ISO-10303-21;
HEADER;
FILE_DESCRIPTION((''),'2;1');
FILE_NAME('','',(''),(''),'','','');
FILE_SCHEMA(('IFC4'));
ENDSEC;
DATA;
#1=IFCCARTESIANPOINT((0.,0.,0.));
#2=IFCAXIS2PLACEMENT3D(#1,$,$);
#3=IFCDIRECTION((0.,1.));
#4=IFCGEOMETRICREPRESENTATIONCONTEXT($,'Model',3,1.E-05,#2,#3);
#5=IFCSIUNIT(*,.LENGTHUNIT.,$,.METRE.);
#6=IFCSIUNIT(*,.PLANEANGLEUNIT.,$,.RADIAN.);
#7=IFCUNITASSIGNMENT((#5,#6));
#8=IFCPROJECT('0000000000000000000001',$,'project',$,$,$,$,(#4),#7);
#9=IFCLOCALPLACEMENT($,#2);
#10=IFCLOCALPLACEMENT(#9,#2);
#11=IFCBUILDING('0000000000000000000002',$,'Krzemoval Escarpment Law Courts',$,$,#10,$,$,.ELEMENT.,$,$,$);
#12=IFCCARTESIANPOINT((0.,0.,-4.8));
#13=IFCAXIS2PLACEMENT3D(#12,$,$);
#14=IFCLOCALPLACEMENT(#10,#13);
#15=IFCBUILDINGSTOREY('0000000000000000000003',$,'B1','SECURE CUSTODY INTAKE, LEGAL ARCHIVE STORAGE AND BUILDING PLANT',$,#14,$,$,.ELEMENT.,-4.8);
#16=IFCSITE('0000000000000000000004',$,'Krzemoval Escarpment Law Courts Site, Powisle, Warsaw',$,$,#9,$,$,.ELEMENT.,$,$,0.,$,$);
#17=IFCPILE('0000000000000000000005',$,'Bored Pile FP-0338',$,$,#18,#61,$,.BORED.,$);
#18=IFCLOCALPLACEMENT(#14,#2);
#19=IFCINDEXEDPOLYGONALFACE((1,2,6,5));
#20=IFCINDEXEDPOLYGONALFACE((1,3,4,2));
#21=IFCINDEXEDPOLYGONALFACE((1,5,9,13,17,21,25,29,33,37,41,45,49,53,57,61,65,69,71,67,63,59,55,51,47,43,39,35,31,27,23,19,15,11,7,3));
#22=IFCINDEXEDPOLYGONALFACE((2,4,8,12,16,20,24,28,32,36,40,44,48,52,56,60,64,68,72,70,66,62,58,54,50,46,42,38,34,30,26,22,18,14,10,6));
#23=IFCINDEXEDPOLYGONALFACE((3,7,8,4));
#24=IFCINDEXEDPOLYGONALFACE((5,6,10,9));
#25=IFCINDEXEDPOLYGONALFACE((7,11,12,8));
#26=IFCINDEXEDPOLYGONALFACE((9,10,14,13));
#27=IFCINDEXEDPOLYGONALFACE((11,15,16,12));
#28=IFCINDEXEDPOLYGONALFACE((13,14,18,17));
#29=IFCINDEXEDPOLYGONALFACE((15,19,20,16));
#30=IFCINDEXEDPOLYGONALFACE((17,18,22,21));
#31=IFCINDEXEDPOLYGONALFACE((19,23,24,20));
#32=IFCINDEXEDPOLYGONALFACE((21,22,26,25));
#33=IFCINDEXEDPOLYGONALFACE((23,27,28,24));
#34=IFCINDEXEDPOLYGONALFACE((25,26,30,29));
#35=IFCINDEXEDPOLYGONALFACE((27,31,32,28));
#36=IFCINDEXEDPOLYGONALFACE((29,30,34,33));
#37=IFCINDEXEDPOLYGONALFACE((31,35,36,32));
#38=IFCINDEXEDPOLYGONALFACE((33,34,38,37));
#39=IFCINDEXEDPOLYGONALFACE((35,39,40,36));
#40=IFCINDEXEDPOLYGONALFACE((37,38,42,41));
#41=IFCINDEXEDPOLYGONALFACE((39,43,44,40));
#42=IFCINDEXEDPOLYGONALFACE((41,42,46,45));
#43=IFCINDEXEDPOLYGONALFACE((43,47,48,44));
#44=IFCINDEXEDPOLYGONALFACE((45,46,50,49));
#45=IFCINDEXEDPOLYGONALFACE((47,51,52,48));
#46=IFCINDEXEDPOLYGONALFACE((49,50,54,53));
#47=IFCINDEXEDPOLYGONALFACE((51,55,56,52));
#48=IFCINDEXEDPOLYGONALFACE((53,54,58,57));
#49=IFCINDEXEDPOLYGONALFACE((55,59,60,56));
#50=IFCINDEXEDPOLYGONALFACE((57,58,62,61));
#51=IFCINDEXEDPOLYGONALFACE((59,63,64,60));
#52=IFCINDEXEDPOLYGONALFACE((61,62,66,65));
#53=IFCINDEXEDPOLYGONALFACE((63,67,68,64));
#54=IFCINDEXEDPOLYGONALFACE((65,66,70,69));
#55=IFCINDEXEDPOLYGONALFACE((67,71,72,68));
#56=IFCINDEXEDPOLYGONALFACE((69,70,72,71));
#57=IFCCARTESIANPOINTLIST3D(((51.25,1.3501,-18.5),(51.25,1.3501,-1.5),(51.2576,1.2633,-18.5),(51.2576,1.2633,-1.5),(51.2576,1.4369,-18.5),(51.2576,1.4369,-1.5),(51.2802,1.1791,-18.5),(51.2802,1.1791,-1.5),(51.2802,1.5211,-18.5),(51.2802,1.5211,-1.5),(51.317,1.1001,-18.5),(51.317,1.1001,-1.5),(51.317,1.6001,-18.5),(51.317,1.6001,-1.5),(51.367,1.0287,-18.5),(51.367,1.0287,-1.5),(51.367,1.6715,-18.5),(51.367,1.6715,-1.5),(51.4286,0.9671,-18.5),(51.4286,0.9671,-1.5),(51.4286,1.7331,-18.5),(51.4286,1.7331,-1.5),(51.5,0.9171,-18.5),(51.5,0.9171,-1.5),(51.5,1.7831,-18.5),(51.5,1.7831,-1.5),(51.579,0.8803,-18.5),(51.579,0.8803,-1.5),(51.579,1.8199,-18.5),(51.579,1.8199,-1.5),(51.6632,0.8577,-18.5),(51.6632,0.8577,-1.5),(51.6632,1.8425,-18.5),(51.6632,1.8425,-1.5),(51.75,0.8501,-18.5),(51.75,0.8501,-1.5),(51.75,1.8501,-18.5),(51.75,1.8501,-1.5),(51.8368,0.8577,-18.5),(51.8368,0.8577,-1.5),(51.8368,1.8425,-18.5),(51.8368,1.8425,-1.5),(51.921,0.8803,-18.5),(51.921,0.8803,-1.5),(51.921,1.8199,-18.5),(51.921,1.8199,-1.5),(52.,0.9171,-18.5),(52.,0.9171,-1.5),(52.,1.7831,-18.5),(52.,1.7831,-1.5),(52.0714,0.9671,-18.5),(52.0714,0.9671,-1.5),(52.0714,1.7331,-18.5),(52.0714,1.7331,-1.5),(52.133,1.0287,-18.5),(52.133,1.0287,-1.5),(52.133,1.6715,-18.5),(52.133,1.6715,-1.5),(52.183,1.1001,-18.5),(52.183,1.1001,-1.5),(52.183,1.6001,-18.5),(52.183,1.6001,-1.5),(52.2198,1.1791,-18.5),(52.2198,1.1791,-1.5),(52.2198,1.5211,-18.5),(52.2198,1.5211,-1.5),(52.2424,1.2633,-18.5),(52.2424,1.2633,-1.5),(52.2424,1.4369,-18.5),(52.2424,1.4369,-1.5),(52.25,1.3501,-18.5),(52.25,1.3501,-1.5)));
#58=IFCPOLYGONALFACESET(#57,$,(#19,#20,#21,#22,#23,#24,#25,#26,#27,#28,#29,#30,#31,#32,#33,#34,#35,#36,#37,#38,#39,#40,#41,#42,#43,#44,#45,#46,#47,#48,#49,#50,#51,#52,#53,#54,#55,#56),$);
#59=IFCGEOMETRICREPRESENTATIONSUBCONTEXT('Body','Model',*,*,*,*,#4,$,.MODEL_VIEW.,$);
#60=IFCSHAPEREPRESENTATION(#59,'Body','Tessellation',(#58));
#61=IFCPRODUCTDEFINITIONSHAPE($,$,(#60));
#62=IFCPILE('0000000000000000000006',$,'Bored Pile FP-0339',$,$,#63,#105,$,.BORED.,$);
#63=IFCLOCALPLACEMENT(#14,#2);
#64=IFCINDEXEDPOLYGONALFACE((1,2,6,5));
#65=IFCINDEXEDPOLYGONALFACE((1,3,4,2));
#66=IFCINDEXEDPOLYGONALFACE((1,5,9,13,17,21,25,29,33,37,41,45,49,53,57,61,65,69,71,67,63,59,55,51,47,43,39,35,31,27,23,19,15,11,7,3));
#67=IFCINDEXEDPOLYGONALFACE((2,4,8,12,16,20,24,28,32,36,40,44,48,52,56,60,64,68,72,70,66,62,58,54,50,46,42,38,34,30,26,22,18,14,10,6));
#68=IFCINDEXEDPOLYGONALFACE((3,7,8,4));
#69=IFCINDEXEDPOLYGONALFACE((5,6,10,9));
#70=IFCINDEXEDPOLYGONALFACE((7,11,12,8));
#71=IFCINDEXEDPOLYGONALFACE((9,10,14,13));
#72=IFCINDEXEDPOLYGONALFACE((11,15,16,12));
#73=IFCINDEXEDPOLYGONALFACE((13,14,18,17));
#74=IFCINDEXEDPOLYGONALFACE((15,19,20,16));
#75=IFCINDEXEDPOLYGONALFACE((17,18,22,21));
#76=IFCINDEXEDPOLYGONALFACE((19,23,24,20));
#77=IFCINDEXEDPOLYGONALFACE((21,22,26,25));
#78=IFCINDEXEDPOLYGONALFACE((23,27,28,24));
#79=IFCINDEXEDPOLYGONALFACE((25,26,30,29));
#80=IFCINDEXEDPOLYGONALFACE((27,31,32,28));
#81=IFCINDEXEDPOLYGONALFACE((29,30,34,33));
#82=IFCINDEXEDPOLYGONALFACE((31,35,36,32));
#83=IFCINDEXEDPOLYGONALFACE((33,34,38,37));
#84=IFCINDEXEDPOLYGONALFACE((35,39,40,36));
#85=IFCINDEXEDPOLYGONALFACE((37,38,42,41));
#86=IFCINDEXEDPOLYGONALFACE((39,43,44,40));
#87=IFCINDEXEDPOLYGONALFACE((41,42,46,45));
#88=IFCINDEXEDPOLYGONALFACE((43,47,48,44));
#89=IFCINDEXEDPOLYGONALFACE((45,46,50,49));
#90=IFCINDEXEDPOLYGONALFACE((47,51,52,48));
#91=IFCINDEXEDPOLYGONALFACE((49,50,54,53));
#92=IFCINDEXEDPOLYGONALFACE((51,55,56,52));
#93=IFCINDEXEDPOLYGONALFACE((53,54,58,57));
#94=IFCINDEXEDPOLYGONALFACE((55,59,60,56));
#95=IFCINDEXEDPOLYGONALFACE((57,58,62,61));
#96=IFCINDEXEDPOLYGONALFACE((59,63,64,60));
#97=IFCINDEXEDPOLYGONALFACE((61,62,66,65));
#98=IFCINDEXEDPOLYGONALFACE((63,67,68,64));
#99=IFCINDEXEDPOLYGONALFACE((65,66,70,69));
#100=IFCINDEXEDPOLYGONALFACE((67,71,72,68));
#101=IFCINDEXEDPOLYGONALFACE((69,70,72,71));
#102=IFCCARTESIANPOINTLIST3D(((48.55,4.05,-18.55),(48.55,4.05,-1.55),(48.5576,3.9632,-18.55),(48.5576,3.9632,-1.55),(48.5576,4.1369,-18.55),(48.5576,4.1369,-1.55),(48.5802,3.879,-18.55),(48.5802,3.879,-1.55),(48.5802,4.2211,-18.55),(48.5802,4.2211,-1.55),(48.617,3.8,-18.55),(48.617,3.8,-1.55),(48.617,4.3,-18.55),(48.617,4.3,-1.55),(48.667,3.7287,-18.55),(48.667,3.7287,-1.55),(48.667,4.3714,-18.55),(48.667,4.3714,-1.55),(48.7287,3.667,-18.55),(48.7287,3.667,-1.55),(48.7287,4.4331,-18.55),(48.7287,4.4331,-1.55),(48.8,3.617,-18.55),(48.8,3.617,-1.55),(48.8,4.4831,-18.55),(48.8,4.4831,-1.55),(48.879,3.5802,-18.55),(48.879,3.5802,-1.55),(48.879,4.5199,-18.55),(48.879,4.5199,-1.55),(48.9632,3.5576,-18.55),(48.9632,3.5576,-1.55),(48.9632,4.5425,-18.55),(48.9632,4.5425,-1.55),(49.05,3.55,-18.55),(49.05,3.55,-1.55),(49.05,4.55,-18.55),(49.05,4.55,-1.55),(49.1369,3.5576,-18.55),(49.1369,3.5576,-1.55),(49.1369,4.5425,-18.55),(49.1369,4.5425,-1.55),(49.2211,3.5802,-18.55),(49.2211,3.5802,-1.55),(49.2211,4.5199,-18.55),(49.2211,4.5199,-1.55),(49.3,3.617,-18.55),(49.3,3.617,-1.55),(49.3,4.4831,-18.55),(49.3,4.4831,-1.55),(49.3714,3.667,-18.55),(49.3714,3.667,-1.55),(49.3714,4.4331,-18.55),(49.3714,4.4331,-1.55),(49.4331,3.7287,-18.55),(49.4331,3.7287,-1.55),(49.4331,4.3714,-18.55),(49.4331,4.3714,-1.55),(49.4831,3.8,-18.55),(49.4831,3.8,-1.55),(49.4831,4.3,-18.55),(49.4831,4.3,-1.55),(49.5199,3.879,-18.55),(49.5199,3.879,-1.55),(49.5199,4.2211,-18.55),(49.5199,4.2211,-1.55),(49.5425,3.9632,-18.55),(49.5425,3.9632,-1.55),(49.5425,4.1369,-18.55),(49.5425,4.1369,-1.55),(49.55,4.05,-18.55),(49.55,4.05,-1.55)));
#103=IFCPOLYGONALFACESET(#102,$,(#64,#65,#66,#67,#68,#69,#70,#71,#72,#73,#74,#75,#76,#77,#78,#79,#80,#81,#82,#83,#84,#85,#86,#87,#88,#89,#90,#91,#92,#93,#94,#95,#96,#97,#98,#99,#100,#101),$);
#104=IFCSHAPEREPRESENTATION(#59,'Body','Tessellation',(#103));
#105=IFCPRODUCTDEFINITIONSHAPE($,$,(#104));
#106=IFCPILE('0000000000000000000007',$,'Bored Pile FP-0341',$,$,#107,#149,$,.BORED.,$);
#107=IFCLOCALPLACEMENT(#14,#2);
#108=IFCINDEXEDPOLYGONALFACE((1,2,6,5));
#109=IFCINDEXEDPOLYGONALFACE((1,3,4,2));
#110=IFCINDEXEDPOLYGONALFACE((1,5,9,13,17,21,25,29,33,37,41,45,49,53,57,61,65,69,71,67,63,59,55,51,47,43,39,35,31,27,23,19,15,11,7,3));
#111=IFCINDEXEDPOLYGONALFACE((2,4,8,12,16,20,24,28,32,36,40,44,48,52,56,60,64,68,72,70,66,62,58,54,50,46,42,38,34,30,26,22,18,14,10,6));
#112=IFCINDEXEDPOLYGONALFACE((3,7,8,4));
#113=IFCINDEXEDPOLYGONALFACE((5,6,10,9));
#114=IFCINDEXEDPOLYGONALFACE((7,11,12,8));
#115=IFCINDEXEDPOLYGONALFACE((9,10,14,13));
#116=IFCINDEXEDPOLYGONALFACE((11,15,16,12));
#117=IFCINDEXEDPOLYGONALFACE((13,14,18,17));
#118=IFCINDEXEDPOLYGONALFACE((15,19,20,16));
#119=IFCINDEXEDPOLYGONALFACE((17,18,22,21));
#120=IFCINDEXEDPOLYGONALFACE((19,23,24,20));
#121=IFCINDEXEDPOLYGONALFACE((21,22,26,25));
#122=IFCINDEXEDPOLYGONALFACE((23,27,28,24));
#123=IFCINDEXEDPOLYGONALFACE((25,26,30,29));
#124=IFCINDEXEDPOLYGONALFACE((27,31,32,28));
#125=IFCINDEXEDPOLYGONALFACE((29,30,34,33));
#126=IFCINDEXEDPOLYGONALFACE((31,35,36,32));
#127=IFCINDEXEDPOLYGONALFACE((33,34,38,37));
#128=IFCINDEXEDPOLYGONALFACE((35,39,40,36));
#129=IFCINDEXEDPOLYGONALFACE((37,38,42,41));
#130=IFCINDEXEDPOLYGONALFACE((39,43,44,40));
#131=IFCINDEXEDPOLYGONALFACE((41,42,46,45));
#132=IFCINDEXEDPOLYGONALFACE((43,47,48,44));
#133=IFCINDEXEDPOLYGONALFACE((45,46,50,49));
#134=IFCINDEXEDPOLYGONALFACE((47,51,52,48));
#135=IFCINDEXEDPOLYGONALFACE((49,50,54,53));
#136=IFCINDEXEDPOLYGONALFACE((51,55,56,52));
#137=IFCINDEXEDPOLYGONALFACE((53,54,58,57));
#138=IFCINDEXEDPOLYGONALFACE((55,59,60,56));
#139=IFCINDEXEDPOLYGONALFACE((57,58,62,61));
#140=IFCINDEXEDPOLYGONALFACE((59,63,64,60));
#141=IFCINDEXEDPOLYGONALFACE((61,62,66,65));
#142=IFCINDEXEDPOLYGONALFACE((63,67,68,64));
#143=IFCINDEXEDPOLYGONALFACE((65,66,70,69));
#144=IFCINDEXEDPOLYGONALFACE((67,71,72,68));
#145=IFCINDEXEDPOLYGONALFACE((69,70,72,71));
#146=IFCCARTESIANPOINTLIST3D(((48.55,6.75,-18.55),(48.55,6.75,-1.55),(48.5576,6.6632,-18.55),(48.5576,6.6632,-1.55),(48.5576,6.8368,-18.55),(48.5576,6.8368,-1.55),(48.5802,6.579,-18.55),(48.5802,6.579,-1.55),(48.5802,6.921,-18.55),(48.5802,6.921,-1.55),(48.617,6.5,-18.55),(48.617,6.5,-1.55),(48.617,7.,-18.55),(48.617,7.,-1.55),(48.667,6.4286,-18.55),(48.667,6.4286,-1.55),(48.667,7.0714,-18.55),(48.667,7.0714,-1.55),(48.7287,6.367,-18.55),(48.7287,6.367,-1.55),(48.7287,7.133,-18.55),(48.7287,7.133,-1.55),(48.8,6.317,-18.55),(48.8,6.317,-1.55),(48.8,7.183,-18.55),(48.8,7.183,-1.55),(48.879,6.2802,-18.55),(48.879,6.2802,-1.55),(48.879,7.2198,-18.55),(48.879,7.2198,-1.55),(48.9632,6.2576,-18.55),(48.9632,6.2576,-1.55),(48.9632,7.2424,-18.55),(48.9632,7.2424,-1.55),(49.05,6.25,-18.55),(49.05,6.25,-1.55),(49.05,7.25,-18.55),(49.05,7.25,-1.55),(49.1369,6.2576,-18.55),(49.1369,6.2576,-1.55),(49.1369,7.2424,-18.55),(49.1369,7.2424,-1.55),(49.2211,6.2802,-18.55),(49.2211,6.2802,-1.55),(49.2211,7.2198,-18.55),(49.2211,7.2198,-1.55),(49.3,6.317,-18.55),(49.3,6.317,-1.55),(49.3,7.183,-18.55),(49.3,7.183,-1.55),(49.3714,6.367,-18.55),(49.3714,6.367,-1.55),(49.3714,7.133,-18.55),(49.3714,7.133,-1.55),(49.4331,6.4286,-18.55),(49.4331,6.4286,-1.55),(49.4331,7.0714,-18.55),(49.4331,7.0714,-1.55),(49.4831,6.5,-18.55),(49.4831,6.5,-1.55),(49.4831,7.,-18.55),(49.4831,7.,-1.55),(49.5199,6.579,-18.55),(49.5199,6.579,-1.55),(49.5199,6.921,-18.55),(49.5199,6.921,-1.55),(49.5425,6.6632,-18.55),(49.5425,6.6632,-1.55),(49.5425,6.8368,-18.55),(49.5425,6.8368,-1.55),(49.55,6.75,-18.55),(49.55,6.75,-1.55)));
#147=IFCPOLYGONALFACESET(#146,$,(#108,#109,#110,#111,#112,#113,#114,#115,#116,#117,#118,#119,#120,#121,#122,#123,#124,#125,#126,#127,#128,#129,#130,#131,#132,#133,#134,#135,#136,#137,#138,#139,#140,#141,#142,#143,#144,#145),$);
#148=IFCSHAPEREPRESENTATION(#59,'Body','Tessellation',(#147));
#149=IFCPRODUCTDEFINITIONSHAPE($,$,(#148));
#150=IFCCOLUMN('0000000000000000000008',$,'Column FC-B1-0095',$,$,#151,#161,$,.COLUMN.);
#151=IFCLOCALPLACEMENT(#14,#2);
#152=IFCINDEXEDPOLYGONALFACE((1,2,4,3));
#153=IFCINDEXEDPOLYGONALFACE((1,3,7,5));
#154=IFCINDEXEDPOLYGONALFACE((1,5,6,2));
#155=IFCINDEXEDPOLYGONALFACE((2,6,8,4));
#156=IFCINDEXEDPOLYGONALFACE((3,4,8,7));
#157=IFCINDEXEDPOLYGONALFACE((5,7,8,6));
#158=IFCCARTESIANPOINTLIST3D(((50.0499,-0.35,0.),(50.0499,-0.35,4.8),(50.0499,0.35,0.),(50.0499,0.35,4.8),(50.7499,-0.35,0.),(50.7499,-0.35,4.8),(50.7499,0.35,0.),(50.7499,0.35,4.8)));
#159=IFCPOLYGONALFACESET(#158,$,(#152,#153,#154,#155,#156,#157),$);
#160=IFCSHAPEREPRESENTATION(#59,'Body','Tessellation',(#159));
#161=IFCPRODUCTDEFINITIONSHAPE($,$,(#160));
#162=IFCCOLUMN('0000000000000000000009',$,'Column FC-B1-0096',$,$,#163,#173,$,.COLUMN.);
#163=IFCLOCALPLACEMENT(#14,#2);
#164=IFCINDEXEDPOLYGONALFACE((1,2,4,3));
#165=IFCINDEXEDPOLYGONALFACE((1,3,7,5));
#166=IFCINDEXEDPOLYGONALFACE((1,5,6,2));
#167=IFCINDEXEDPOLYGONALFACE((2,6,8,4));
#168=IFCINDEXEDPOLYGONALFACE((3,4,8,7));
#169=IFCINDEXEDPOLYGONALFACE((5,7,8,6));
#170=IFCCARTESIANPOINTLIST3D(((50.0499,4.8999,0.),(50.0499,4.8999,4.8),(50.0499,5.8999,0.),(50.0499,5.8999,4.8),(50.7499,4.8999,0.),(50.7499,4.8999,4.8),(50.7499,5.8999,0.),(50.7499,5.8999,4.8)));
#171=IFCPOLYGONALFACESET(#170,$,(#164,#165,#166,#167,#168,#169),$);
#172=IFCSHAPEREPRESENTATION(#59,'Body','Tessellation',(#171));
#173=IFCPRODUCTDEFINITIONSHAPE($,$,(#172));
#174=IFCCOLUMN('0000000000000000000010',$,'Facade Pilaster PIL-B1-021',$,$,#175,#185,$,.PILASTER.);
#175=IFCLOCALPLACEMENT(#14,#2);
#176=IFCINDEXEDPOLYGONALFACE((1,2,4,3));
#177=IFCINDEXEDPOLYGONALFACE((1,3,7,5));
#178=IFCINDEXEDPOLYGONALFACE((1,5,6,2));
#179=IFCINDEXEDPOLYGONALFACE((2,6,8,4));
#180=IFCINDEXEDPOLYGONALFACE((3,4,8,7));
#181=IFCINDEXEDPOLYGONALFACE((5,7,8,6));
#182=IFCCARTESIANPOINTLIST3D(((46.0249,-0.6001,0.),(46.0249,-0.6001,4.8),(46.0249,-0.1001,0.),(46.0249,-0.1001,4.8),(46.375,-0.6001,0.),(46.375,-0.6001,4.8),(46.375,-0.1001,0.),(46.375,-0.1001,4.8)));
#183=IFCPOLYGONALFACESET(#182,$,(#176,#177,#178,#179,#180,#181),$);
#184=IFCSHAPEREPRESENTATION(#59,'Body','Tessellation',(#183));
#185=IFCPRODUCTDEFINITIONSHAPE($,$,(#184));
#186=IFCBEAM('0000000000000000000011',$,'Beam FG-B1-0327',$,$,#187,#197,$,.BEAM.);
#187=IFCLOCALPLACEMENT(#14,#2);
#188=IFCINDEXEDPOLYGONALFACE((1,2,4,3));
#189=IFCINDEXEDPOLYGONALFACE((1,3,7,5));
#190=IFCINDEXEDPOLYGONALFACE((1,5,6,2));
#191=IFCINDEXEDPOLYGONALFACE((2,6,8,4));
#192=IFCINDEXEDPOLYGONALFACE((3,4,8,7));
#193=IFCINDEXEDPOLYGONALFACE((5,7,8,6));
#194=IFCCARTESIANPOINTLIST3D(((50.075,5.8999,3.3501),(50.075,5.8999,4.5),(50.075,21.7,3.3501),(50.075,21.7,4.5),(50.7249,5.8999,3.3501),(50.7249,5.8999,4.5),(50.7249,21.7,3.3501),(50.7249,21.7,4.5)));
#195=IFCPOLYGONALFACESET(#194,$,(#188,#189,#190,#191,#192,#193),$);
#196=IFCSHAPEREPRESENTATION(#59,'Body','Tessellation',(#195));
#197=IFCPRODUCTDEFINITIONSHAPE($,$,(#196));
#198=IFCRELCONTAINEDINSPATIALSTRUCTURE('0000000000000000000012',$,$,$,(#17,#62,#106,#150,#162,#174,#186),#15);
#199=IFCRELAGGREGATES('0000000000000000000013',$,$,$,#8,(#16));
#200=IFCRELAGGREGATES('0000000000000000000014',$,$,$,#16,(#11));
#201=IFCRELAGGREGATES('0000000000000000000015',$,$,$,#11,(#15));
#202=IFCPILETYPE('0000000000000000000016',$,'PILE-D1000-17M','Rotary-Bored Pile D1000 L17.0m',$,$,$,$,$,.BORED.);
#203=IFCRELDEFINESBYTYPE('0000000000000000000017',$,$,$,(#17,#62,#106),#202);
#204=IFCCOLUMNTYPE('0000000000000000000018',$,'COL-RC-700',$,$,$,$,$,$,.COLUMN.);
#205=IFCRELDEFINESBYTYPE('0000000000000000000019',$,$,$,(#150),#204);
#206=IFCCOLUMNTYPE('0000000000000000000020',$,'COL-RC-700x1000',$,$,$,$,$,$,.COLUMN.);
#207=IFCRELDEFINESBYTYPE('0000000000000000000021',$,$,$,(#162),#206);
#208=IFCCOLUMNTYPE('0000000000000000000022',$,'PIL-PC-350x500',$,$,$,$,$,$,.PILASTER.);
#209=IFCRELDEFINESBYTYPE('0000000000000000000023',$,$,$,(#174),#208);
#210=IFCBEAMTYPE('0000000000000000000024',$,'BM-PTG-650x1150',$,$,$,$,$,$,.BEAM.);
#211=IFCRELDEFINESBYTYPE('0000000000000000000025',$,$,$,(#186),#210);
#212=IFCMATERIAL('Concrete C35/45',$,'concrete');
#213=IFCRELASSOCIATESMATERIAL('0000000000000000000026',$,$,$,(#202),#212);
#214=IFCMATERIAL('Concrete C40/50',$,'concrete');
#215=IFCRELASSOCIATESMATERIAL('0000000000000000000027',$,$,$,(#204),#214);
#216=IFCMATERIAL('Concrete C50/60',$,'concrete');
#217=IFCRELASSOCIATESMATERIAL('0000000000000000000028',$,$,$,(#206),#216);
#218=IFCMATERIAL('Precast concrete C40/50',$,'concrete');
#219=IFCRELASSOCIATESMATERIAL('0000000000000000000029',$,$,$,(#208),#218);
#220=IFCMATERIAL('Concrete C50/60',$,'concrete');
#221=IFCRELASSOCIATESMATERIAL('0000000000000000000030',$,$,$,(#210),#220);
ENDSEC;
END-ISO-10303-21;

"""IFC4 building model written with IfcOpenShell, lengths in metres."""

from ifc_helpers import new_model, si_unit, direction, frame, origin, origin_2d, place, context, subcontext, project, spatial, rectangle, circle, extrude, material, material_profile, profile_set, type_object, element, save


model = new_model("IFC4")

# Units and contexts
model_context = context("Model", 3, precision=1e-05, world=origin(), true_north=direction((0.0, 1.0)))
body_context = subcontext(model_context, "Body", "Model", "MODEL_VIEW")
ifc_project = project(units=[si_unit("LENGTHUNIT", "METRE"), si_unit("PLANEANGLEUNIT", "RADIAN")], contexts=[model_context])

# Site, building, storey
site_placement = place(None, origin())
site = spatial("IfcSite", under=ifc_project, at=site_placement, Name="Krzemoval Escarpment Law Courts Site, Powisle, Warsaw", CompositionType="ELEMENT", RefElevation=0.0)
building_placement = place(site_placement, origin())
building = spatial("IfcBuilding", under=site, at=building_placement, Name="Krzemoval Escarpment Law Courts", CompositionType="ELEMENT")
storey_placement = place(building_placement, frame((0.0, 0.0, -4.8)))
storey = spatial("IfcBuildingStorey", under=building, at=storey_placement, Name="B1", Description="SECURE CUSTODY INTAKE, LEGAL ARCHIVE STORAGE AND BUILDING PLANT", CompositionType="ELEMENT", Elevation=-4.8)

# Piles
ifc_material_1 = material(Name="Concrete C35/45", Category="concrete")
ifc_material_profile_1 = material_profile(ifc_material_1, circle(Radius=0.5, at=origin_2d()), Name="PILE D1000")
ifc_profile_set_1 = profile_set([ifc_material_profile_1], Name="Concrete C35/45")
pile_type = type_object("IfcPileType", Name="PILE-D1000-17M", Description="Rotary-Bored Pile D1000 L17.0m", PredefinedType="BORED", material=ifc_profile_set_1)
for number, where, z_axis, x_axis, name in (
    (1, (51.75, 1.3501, -1.5), (0.0, 0.0, -1.0), (1.0, 0.0, 0.0), "Bored Pile FP-0338"),
    (2, (49.05, 4.05, -1.55), (0.0, 0.0, -1.0), (1.0, 0.0, 0.0), "Bored Pile FP-0339"),
    (3, (49.05, 6.75, -1.55), (0.0, 0.0, -1.0), (1.0, 0.0, 0.0), "Bored Pile FP-0341"),
):
    element("IfcPile", number, at=place(storey_placement, frame(where, z_axis=z_axis, x_axis=x_axis)), inside=storey, type_object=pile_type, Name=name, PredefinedType="BORED", context=body_context, shape_type="SweptSolid", body=[
        extrude(circle(Radius=0.5, at=origin_2d()), origin(), (0.0, 0.0, 1.0), 17.0),
    ])

# Columns
ifc_material_2 = material(Name="Concrete C40/50", Category="concrete")
ifc_material_profile_2 = material_profile(ifc_material_2, rectangle(XDim=0.7, YDim=0.7, at=origin_2d()), Name="RC 700x700")
ifc_profile_set_2 = profile_set([ifc_material_profile_2], Name="Concrete C40/50")
column_type_1 = type_object("IfcColumnType", Name="COL-RC-700", PredefinedType="COLUMN", material=ifc_profile_set_2)
column_1_placement = place(storey_placement, frame((50.3999, 0.0, 0.0), z_axis=(0.0, 0.0, 1.0), x_axis=(1.0, 0.0, 0.0)))
element("IfcColumn", 4, at=column_1_placement, inside=storey, type_object=column_type_1, Name="Column FC-B1-0095", PredefinedType="COLUMN", context=body_context, shape_type="SweptSolid", body=[
    extrude(rectangle(XDim=0.7, YDim=0.7, at=origin_2d()), origin(), (0.0, 0.0, 1.0), 4.8),
])
ifc_material_3 = material(Name="Concrete C50/60", Category="concrete")
ifc_material_profile_3 = material_profile(ifc_material_3, rectangle(XDim=0.7, YDim=1.0, at=origin_2d()), Name="RC 700x1000")
ifc_profile_set_3 = profile_set([ifc_material_profile_3], Name="Concrete C50/60")
column_type_2 = type_object("IfcColumnType", Name="COL-RC-700x1000", PredefinedType="COLUMN", material=ifc_profile_set_3)
column_2_placement = place(storey_placement, frame((50.3999, 5.3999, 0.0), z_axis=(0.0, 0.0, 1.0), x_axis=(1.0, 0.0, 0.0)))
element("IfcColumn", 5, at=column_2_placement, inside=storey, type_object=column_type_2, Name="Column FC-B1-0096", PredefinedType="COLUMN", context=body_context, shape_type="SweptSolid", body=[
    extrude(rectangle(XDim=0.7, YDim=1.0, at=origin_2d()), origin(), (0.0, 0.0, 1.0), 4.8),
])
ifc_material_4 = material(Name="Precast concrete C40/50", Category="concrete")
ifc_material_profile_4 = material_profile(ifc_material_4, rectangle(XDim=0.3501, YDim=0.5, at=origin_2d()), Name="PIL 350x500")
ifc_profile_set_4 = profile_set([ifc_material_profile_4], Name="Precast concrete C40/50")
column_type_3 = type_object("IfcColumnType", Name="PIL-PC-350x500", PredefinedType="PILASTER", material=ifc_profile_set_4)
column_3_placement = place(storey_placement, frame((46.2, -0.3501, 0.0), z_axis=(0.0, 0.0, 1.0), x_axis=(1.0, 0.0, 0.0)))
element("IfcColumn", 6, at=column_3_placement, inside=storey, type_object=column_type_3, Name="Facade Pilaster PIL-B1-021", PredefinedType="PILASTER", context=body_context, shape_type="SweptSolid", body=[
    extrude(rectangle(XDim=0.3501, YDim=0.5, at=origin_2d()), origin(), (0.0, 0.0, 1.0), 4.8),
])

# Beam
ifc_material_5 = material(Name="Concrete C50/60", Category="concrete")
ifc_material_profile_5 = material_profile(ifc_material_5, rectangle(XDim=0.6499, YDim=1.1499, at=origin_2d()), Name="PTG 650x1150")
ifc_profile_set_5 = profile_set([ifc_material_profile_5], Name="Concrete C50/60")
beam_type_1 = type_object("IfcBeamType", Name="BM-PTG-650x1150", PredefinedType="BEAM", material=ifc_profile_set_5)
beam_1_placement = place(storey_placement, frame((50.3999, 5.8999, 3.925), z_axis=(0.0, 1.0, 0.0), x_axis=(-1.0, 0.0, 0.0)))
element("IfcBeam", 7, at=beam_1_placement, inside=storey, type_object=beam_type_1, Name="Beam FG-B1-0327", PredefinedType="BEAM", context=body_context, shape_type="SweptSolid", body=[
    extrude(rectangle(XDim=0.6499, YDim=1.1499, at=origin_2d()), origin(), (0.0, 0.0, 1.0), 15.8),
])

save(model, "model.ifc")
